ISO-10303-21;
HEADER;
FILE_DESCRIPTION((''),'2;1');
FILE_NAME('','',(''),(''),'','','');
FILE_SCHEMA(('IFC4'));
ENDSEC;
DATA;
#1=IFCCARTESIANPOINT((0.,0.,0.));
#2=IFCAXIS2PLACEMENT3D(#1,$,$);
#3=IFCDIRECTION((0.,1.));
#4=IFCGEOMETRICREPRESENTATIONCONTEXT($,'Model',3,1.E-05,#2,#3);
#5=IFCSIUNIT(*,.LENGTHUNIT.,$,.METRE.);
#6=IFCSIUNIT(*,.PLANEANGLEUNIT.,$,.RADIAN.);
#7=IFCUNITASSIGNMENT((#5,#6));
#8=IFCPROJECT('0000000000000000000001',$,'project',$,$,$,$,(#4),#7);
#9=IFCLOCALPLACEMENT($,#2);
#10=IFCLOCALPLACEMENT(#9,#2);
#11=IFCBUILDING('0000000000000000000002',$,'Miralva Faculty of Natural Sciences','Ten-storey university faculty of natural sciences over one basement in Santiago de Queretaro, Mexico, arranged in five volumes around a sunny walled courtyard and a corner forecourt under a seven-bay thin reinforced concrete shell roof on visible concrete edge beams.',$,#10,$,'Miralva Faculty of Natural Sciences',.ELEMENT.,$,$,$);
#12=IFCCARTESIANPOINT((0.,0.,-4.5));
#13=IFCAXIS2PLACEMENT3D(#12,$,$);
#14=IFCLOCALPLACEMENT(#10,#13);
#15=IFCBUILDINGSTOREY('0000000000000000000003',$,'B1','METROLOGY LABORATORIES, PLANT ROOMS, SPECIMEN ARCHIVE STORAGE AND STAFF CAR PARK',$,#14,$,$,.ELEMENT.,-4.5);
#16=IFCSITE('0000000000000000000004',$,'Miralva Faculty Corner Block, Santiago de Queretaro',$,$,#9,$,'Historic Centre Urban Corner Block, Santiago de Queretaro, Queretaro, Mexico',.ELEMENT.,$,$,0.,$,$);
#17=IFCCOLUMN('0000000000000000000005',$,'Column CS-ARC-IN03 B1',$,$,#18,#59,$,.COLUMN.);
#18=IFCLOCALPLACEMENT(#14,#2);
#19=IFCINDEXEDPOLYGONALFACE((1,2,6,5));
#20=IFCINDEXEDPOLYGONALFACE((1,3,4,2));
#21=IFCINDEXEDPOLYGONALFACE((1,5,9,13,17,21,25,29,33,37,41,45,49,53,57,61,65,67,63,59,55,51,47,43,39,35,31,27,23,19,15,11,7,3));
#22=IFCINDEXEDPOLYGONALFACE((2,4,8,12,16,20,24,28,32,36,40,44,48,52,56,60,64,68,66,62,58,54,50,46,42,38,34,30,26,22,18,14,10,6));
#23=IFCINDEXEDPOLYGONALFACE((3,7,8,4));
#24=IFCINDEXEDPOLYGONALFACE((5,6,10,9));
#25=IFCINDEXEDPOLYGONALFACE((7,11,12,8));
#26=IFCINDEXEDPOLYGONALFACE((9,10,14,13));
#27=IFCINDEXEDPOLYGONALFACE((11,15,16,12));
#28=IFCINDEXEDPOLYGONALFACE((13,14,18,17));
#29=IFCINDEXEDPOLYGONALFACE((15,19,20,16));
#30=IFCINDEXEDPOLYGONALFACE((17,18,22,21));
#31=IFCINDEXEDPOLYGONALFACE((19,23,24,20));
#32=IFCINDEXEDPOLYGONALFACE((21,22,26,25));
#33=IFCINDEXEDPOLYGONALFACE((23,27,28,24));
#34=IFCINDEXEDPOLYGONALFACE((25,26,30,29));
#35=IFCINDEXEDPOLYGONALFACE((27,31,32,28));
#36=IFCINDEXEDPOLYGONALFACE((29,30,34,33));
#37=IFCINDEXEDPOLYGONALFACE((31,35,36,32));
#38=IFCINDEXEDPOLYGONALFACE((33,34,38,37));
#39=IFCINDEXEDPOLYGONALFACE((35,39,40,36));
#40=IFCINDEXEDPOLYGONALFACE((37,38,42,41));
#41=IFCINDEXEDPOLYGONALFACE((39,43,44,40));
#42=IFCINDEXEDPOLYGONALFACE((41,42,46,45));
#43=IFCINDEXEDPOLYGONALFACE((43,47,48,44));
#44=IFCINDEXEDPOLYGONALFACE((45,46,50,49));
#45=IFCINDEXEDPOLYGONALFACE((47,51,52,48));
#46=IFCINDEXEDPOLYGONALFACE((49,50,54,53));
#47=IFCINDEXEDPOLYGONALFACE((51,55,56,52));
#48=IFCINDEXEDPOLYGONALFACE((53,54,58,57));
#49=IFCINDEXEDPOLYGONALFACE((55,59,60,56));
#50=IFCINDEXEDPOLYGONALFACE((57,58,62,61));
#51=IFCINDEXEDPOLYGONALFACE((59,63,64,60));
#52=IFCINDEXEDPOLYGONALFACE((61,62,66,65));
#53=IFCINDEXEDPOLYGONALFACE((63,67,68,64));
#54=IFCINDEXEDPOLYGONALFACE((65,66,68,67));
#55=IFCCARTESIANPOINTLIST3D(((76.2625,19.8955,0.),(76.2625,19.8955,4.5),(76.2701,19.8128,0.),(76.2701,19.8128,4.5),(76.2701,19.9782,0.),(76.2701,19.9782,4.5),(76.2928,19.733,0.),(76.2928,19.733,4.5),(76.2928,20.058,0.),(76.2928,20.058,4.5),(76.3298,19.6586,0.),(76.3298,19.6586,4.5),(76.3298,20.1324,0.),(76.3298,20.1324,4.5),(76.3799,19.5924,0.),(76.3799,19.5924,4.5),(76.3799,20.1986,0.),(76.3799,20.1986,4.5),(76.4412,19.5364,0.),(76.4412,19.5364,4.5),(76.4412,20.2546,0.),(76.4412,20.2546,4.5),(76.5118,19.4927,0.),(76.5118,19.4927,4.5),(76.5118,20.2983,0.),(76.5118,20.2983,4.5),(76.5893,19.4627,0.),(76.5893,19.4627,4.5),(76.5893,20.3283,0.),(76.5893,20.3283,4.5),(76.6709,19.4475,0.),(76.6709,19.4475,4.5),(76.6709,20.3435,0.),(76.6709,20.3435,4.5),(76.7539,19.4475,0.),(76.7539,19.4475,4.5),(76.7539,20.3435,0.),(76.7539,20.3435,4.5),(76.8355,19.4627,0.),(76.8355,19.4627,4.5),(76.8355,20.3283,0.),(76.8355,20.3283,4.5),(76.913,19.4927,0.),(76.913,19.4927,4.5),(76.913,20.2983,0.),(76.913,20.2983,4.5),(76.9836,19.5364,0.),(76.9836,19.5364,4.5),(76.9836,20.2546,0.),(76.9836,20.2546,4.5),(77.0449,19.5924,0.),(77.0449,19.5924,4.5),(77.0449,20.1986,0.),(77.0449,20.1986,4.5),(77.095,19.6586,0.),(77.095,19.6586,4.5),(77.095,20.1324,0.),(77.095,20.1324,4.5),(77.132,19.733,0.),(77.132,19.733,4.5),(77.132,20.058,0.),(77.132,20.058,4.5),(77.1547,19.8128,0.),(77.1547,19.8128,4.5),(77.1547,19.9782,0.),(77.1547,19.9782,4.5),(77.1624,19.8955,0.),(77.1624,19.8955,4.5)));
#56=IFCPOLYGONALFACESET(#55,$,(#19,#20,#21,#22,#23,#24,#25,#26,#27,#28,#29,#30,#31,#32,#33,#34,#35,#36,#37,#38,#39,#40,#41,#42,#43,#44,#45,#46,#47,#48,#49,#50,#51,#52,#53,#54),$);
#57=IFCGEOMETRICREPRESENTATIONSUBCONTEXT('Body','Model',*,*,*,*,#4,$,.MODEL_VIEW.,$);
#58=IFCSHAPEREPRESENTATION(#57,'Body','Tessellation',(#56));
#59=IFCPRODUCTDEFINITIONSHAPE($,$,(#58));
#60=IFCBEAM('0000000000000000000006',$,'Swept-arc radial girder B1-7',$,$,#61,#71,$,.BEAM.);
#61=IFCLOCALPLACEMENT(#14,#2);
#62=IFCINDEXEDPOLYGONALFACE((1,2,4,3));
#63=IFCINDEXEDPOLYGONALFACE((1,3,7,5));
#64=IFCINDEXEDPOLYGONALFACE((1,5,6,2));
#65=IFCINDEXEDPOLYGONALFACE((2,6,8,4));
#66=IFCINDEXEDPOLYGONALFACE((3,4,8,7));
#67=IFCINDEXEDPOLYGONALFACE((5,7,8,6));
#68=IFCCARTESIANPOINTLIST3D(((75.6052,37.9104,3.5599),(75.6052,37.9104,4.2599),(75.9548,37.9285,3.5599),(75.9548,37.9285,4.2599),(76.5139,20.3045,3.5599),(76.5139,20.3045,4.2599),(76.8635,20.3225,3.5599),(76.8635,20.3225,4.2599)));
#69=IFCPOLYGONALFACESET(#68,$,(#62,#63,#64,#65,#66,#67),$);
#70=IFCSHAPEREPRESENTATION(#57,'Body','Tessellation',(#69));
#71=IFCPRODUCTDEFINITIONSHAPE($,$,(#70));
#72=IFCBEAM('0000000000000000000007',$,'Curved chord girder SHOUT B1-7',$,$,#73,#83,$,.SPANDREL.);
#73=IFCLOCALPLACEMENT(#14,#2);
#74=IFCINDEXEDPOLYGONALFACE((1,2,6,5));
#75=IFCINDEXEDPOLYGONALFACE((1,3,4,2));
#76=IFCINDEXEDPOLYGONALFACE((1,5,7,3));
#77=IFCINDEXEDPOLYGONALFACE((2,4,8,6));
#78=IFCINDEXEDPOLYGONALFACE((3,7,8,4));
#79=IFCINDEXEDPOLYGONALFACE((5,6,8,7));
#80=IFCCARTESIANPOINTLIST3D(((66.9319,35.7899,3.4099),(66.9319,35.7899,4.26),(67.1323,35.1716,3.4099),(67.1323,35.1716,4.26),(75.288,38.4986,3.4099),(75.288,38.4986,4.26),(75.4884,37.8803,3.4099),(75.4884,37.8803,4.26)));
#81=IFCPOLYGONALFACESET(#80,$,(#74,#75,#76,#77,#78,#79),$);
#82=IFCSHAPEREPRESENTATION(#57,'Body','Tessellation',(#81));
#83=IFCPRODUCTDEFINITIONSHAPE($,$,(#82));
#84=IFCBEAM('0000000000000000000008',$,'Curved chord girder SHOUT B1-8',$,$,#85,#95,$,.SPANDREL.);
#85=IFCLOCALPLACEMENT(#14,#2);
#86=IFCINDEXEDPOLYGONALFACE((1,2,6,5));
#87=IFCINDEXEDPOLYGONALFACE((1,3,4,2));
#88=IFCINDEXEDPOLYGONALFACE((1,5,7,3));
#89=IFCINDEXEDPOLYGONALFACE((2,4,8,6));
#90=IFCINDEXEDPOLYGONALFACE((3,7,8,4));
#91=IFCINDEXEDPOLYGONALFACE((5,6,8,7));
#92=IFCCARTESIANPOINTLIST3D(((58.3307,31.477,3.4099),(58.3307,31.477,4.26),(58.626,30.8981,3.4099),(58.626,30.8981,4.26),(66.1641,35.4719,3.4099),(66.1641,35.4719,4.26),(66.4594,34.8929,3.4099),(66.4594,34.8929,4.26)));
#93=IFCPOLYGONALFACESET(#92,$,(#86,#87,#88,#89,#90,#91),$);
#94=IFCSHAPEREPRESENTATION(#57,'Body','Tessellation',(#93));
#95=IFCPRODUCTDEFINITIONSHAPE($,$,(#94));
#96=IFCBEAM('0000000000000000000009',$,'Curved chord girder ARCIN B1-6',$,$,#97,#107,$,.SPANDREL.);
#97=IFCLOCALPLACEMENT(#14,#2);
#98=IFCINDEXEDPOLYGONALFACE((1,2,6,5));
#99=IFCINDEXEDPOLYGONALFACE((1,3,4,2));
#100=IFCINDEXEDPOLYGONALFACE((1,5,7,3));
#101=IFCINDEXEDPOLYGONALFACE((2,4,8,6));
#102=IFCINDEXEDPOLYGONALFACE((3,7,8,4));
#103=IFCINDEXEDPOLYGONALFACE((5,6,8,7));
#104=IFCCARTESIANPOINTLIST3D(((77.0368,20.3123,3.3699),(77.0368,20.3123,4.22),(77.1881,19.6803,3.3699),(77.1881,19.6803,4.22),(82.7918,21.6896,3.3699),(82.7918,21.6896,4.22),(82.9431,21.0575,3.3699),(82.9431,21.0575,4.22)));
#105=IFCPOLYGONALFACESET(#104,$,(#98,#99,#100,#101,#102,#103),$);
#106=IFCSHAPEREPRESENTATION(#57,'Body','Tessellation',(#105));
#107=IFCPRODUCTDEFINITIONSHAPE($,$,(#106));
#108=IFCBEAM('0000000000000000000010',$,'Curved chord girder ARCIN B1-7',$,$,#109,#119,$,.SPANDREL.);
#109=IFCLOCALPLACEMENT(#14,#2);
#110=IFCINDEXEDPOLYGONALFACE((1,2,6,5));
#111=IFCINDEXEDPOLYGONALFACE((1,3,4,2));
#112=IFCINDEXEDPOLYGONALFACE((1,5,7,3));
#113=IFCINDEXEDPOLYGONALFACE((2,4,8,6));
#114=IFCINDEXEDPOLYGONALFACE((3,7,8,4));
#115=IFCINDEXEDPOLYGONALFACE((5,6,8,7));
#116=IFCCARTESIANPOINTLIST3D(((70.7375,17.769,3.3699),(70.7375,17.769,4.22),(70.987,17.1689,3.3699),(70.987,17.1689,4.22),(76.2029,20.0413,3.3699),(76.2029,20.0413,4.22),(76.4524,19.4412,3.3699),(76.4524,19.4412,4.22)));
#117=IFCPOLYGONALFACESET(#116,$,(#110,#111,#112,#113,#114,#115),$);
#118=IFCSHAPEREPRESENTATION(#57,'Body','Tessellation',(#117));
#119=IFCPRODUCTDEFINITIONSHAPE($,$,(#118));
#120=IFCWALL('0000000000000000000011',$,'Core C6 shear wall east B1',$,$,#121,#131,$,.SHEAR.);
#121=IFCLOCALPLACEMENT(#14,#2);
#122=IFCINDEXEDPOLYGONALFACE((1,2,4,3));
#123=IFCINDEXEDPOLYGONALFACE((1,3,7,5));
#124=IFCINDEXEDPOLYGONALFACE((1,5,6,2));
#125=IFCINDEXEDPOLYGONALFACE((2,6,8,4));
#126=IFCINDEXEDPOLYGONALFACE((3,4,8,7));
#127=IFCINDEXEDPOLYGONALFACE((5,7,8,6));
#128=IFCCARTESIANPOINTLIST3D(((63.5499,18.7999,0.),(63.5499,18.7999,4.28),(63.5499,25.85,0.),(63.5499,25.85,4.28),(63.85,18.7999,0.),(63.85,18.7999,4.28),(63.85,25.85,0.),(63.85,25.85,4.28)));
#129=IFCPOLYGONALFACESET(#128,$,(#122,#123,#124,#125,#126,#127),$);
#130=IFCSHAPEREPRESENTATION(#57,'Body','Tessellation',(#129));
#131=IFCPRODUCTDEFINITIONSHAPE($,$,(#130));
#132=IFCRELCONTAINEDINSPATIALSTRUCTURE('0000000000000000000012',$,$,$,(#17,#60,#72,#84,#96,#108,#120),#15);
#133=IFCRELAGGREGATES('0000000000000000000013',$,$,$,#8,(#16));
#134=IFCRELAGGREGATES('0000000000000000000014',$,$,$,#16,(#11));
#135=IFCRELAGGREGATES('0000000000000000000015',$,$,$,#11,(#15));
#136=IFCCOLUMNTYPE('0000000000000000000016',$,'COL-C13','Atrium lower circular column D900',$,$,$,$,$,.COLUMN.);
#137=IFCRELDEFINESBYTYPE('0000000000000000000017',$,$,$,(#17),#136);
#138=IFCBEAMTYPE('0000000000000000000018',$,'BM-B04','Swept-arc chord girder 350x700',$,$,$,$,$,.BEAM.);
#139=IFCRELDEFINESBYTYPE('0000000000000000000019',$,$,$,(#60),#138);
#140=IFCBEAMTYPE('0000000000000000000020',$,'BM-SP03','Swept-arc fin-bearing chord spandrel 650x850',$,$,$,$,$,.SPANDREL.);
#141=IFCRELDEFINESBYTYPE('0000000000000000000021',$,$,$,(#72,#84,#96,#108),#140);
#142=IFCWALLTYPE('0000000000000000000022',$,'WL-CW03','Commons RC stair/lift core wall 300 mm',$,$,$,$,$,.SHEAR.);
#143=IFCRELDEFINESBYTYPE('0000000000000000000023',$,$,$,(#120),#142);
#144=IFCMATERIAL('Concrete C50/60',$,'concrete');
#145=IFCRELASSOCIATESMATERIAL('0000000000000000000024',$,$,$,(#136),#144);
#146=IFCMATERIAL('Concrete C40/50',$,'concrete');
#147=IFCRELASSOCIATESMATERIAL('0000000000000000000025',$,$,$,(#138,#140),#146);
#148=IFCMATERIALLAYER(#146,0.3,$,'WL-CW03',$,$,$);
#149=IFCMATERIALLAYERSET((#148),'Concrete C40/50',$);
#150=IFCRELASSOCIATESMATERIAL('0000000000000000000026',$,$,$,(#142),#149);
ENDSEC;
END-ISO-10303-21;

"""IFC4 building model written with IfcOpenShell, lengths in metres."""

from ifc_helpers import new_model, si_unit, direction, frame, frame_2d, origin, origin_2d, place, context, subcontext, project, spatial, rectangle, circle, extrude, material, layer, layer_set, material_profile, profile_set, type_object, element, save


model = new_model("IFC4")

# Units and contexts
model_context = context("Model", 3, precision=1e-05, world=origin(), true_north=direction((0.0, 1.0)))
body_context = subcontext(model_context, "Body", "Model", "MODEL_VIEW")
ifc_project = project(units=[si_unit("LENGTHUNIT", "METRE"), si_unit("PLANEANGLEUNIT", "RADIAN")], contexts=[model_context])

# Site, building, storey
site_placement = place(None, origin())
site = spatial("IfcSite", under=ifc_project, at=site_placement, Name="Miralva Faculty Corner Block, Santiago de Queretaro", LongName="Historic Centre Urban Corner Block, Santiago de Queretaro, Queretaro, Mexico", CompositionType="ELEMENT", RefElevation=0.0)
building_placement = place(site_placement, origin())
building = spatial("IfcBuilding", under=site, at=building_placement, Name="Miralva Faculty of Natural Sciences", Description="Ten-storey university faculty of natural sciences over one basement in Santiago de Queretaro, Mexico, arranged in five volumes around a sunny walled courtyard and a corner forecourt under a seven-bay thin reinforced concrete shell roof on visible concrete edge beams.", LongName="Miralva Faculty of Natural Sciences", CompositionType="ELEMENT")
storey_placement = place(building_placement, frame((0.0, 0.0, -4.5)))
storey = spatial("IfcBuildingStorey", under=building, at=storey_placement, Name="B1", Description="METROLOGY LABORATORIES, PLANT ROOMS, SPECIMEN ARCHIVE STORAGE AND STAFF CAR PARK", CompositionType="ELEMENT", Elevation=-4.5)

# Shared definitions
ifc_material_1 = material(Name="Concrete C40/50", Category="concrete")

# Column
ifc_material_2 = material(Name="Concrete C50/60", Category="concrete")
ifc_material_profile_1 = material_profile(ifc_material_2, circle(Radius=0.45, at=origin_2d()), Name="RC DIA 900")
ifc_profile_set_1 = profile_set([ifc_material_profile_1], Name="Concrete C50/60")
column_type_1 = type_object("IfcColumnType", Name="COL-C13", Description="Atrium lower circular column D900", PredefinedType="COLUMN", material=ifc_profile_set_1)
column_placement = place(storey_placement, frame((76.7124, 19.8955, 0.0), z_axis=(0.0, 0.0, 1.0), x_axis=(1.0, 0.0, 0.0)))
element("IfcColumn", 1, at=column_placement, inside=storey, type_object=column_type_1, Name="Column CS-ARC-IN03 B1", PredefinedType="COLUMN", context=body_context, shape_type="SweptSolid", body=[
    extrude(circle(Radius=0.45, at=origin_2d()), origin(), (0.0, 0.0, 1.0), 4.5),
])

# Beams
ifc_material_profile_2 = material_profile(ifc_material_1, rectangle(XDim=0.3501, YDim=0.7, at=origin_2d()), Name="RC 350x700")
ifc_profile_set_2 = profile_set([ifc_material_profile_2], Name="Concrete C40/50")
beam_type_1 = type_object("IfcBeamType", Name="BM-B04", Description="Swept-arc chord girder 350x700", PredefinedType="BEAM", material=ifc_profile_set_2)
beam_1_placement = place(storey_placement, frame((76.6887, 20.3135, 3.9099), z_axis=(-0.051544, 0.998671, 0.0), x_axis=(-0.998671, -0.051544, 0.0)))
element("IfcBeam", 2, at=beam_1_placement, inside=storey, type_object=beam_type_1, Name="Swept-arc radial girder B1-7", PredefinedType="BEAM", context=body_context, shape_type="SweptSolid", body=[
    extrude(rectangle(XDim=0.3501, YDim=0.7, at=origin_2d()), origin(), (0.0, 0.0, 1.0), 17.6294),
])
ifc_material_profile_3 = material_profile(ifc_material_1, rectangle(XDim=0.6499, YDim=0.8501, at=origin_2d()), Name="RC 650x850")
ifc_profile_set_3 = profile_set([ifc_material_profile_3], Name="Concrete C40/50")
beam_type_2 = type_object("IfcBeamType", Name="BM-SP03", Description="Swept-arc fin-bearing chord spandrel 650x850", PredefinedType="SPANDREL", material=ifc_profile_set_3)
beam_2_placement = place(storey_placement, frame((75.3882, 38.1895, 3.835), z_axis=(-0.951269, -0.308363, 0.0), x_axis=(0.308363, -0.951269, 0.0)))
element("IfcBeam", 3, at=beam_2_placement, inside=storey, type_object=beam_type_2, Name="Curved chord girder SHOUT B1-7", PredefinedType="SPANDREL", context=body_context, shape_type="SweptSolid", body=[
    extrude(rectangle(XDim=0.6499, YDim=0.8501, at=origin_2d()), origin(), (0.0, 0.0, 1.0), 8.7842),
])
beam_3_placement = place(storey_placement, frame((66.3118, 35.1824, 3.835), z_axis=(-0.890845, -0.454307, 0.0), x_axis=(0.454307, -0.890845, 0.0)))
element("IfcBeam", 4, at=beam_3_placement, inside=storey, type_object=beam_type_2, Name="Curved chord girder SHOUT B1-8", PredefinedType="SPANDREL", context=body_context, shape_type="SweptSolid", body=[
    extrude(rectangle(XDim=0.6499, YDim=0.8501, at=origin_2d()), origin(), (0.0, 0.0, 1.0), 8.7932),
])
beam_4_placement = place(storey_placement, frame((82.8674, 21.3735, 3.7949), z_axis=(-0.97254, -0.232738, 0.0), x_axis=(0.232738, -0.97254, 0.0)))
element("IfcBeam", 5, at=beam_4_placement, inside=storey, type_object=beam_type_2, Name="Curved chord girder ARCIN B1-6", PredefinedType="SPANDREL", context=body_context, shape_type="SweptSolid", body=[
    extrude(rectangle(XDim=0.6499, YDim=0.8501, at=origin_2d()), origin(), (0.0, 0.0, 1.0), 5.9175),
])
beam_5_placement = place(storey_placement, frame((76.3276, 19.7412, 3.7949), z_axis=(-0.923377, -0.383895, 0.0), x_axis=(0.383895, -0.923377, 0.0)))
element("IfcBeam", 6, at=beam_5_placement, inside=storey, type_object=beam_type_2, Name="Curved chord girder ARCIN B1-7", PredefinedType="SPANDREL", context=body_context, shape_type="SweptSolid", body=[
    extrude(rectangle(XDim=0.6499, YDim=0.8501, at=origin_2d()), origin(), (0.0, 0.0, 1.0), 5.9189),
])

# Wall
ifc_layer_1 = layer(ifc_material_1, 0.3, Name="WL-CW03")
ifc_layer_set_1 = layer_set([ifc_layer_1], Name="Concrete C40/50")
wall_type = type_object("IfcWallType", Name="WL-CW03", Description="Commons RC stair/lift core wall 300 mm", PredefinedType="SHEAR", material=ifc_layer_set_1)
wall_placement = place(storey_placement, frame((63.7, 18.8, 0.0), z_axis=(0.0, 0.0, 1.0), x_axis=(0.0, 1.0, 0.0)))
element("IfcWall", 7, at=wall_placement, inside=storey, type_object=wall_type, Name="Core C6 shear wall east B1", PredefinedType="SHEAR", context=body_context, shape_type="SweptSolid", body=[
    extrude(rectangle(XDim=7.05, YDim=0.3, at=frame_2d((3.5249, 0.0))), origin(), (0.0, 0.0, 1.0), 4.28),
])

save(model, "model.ifc")
